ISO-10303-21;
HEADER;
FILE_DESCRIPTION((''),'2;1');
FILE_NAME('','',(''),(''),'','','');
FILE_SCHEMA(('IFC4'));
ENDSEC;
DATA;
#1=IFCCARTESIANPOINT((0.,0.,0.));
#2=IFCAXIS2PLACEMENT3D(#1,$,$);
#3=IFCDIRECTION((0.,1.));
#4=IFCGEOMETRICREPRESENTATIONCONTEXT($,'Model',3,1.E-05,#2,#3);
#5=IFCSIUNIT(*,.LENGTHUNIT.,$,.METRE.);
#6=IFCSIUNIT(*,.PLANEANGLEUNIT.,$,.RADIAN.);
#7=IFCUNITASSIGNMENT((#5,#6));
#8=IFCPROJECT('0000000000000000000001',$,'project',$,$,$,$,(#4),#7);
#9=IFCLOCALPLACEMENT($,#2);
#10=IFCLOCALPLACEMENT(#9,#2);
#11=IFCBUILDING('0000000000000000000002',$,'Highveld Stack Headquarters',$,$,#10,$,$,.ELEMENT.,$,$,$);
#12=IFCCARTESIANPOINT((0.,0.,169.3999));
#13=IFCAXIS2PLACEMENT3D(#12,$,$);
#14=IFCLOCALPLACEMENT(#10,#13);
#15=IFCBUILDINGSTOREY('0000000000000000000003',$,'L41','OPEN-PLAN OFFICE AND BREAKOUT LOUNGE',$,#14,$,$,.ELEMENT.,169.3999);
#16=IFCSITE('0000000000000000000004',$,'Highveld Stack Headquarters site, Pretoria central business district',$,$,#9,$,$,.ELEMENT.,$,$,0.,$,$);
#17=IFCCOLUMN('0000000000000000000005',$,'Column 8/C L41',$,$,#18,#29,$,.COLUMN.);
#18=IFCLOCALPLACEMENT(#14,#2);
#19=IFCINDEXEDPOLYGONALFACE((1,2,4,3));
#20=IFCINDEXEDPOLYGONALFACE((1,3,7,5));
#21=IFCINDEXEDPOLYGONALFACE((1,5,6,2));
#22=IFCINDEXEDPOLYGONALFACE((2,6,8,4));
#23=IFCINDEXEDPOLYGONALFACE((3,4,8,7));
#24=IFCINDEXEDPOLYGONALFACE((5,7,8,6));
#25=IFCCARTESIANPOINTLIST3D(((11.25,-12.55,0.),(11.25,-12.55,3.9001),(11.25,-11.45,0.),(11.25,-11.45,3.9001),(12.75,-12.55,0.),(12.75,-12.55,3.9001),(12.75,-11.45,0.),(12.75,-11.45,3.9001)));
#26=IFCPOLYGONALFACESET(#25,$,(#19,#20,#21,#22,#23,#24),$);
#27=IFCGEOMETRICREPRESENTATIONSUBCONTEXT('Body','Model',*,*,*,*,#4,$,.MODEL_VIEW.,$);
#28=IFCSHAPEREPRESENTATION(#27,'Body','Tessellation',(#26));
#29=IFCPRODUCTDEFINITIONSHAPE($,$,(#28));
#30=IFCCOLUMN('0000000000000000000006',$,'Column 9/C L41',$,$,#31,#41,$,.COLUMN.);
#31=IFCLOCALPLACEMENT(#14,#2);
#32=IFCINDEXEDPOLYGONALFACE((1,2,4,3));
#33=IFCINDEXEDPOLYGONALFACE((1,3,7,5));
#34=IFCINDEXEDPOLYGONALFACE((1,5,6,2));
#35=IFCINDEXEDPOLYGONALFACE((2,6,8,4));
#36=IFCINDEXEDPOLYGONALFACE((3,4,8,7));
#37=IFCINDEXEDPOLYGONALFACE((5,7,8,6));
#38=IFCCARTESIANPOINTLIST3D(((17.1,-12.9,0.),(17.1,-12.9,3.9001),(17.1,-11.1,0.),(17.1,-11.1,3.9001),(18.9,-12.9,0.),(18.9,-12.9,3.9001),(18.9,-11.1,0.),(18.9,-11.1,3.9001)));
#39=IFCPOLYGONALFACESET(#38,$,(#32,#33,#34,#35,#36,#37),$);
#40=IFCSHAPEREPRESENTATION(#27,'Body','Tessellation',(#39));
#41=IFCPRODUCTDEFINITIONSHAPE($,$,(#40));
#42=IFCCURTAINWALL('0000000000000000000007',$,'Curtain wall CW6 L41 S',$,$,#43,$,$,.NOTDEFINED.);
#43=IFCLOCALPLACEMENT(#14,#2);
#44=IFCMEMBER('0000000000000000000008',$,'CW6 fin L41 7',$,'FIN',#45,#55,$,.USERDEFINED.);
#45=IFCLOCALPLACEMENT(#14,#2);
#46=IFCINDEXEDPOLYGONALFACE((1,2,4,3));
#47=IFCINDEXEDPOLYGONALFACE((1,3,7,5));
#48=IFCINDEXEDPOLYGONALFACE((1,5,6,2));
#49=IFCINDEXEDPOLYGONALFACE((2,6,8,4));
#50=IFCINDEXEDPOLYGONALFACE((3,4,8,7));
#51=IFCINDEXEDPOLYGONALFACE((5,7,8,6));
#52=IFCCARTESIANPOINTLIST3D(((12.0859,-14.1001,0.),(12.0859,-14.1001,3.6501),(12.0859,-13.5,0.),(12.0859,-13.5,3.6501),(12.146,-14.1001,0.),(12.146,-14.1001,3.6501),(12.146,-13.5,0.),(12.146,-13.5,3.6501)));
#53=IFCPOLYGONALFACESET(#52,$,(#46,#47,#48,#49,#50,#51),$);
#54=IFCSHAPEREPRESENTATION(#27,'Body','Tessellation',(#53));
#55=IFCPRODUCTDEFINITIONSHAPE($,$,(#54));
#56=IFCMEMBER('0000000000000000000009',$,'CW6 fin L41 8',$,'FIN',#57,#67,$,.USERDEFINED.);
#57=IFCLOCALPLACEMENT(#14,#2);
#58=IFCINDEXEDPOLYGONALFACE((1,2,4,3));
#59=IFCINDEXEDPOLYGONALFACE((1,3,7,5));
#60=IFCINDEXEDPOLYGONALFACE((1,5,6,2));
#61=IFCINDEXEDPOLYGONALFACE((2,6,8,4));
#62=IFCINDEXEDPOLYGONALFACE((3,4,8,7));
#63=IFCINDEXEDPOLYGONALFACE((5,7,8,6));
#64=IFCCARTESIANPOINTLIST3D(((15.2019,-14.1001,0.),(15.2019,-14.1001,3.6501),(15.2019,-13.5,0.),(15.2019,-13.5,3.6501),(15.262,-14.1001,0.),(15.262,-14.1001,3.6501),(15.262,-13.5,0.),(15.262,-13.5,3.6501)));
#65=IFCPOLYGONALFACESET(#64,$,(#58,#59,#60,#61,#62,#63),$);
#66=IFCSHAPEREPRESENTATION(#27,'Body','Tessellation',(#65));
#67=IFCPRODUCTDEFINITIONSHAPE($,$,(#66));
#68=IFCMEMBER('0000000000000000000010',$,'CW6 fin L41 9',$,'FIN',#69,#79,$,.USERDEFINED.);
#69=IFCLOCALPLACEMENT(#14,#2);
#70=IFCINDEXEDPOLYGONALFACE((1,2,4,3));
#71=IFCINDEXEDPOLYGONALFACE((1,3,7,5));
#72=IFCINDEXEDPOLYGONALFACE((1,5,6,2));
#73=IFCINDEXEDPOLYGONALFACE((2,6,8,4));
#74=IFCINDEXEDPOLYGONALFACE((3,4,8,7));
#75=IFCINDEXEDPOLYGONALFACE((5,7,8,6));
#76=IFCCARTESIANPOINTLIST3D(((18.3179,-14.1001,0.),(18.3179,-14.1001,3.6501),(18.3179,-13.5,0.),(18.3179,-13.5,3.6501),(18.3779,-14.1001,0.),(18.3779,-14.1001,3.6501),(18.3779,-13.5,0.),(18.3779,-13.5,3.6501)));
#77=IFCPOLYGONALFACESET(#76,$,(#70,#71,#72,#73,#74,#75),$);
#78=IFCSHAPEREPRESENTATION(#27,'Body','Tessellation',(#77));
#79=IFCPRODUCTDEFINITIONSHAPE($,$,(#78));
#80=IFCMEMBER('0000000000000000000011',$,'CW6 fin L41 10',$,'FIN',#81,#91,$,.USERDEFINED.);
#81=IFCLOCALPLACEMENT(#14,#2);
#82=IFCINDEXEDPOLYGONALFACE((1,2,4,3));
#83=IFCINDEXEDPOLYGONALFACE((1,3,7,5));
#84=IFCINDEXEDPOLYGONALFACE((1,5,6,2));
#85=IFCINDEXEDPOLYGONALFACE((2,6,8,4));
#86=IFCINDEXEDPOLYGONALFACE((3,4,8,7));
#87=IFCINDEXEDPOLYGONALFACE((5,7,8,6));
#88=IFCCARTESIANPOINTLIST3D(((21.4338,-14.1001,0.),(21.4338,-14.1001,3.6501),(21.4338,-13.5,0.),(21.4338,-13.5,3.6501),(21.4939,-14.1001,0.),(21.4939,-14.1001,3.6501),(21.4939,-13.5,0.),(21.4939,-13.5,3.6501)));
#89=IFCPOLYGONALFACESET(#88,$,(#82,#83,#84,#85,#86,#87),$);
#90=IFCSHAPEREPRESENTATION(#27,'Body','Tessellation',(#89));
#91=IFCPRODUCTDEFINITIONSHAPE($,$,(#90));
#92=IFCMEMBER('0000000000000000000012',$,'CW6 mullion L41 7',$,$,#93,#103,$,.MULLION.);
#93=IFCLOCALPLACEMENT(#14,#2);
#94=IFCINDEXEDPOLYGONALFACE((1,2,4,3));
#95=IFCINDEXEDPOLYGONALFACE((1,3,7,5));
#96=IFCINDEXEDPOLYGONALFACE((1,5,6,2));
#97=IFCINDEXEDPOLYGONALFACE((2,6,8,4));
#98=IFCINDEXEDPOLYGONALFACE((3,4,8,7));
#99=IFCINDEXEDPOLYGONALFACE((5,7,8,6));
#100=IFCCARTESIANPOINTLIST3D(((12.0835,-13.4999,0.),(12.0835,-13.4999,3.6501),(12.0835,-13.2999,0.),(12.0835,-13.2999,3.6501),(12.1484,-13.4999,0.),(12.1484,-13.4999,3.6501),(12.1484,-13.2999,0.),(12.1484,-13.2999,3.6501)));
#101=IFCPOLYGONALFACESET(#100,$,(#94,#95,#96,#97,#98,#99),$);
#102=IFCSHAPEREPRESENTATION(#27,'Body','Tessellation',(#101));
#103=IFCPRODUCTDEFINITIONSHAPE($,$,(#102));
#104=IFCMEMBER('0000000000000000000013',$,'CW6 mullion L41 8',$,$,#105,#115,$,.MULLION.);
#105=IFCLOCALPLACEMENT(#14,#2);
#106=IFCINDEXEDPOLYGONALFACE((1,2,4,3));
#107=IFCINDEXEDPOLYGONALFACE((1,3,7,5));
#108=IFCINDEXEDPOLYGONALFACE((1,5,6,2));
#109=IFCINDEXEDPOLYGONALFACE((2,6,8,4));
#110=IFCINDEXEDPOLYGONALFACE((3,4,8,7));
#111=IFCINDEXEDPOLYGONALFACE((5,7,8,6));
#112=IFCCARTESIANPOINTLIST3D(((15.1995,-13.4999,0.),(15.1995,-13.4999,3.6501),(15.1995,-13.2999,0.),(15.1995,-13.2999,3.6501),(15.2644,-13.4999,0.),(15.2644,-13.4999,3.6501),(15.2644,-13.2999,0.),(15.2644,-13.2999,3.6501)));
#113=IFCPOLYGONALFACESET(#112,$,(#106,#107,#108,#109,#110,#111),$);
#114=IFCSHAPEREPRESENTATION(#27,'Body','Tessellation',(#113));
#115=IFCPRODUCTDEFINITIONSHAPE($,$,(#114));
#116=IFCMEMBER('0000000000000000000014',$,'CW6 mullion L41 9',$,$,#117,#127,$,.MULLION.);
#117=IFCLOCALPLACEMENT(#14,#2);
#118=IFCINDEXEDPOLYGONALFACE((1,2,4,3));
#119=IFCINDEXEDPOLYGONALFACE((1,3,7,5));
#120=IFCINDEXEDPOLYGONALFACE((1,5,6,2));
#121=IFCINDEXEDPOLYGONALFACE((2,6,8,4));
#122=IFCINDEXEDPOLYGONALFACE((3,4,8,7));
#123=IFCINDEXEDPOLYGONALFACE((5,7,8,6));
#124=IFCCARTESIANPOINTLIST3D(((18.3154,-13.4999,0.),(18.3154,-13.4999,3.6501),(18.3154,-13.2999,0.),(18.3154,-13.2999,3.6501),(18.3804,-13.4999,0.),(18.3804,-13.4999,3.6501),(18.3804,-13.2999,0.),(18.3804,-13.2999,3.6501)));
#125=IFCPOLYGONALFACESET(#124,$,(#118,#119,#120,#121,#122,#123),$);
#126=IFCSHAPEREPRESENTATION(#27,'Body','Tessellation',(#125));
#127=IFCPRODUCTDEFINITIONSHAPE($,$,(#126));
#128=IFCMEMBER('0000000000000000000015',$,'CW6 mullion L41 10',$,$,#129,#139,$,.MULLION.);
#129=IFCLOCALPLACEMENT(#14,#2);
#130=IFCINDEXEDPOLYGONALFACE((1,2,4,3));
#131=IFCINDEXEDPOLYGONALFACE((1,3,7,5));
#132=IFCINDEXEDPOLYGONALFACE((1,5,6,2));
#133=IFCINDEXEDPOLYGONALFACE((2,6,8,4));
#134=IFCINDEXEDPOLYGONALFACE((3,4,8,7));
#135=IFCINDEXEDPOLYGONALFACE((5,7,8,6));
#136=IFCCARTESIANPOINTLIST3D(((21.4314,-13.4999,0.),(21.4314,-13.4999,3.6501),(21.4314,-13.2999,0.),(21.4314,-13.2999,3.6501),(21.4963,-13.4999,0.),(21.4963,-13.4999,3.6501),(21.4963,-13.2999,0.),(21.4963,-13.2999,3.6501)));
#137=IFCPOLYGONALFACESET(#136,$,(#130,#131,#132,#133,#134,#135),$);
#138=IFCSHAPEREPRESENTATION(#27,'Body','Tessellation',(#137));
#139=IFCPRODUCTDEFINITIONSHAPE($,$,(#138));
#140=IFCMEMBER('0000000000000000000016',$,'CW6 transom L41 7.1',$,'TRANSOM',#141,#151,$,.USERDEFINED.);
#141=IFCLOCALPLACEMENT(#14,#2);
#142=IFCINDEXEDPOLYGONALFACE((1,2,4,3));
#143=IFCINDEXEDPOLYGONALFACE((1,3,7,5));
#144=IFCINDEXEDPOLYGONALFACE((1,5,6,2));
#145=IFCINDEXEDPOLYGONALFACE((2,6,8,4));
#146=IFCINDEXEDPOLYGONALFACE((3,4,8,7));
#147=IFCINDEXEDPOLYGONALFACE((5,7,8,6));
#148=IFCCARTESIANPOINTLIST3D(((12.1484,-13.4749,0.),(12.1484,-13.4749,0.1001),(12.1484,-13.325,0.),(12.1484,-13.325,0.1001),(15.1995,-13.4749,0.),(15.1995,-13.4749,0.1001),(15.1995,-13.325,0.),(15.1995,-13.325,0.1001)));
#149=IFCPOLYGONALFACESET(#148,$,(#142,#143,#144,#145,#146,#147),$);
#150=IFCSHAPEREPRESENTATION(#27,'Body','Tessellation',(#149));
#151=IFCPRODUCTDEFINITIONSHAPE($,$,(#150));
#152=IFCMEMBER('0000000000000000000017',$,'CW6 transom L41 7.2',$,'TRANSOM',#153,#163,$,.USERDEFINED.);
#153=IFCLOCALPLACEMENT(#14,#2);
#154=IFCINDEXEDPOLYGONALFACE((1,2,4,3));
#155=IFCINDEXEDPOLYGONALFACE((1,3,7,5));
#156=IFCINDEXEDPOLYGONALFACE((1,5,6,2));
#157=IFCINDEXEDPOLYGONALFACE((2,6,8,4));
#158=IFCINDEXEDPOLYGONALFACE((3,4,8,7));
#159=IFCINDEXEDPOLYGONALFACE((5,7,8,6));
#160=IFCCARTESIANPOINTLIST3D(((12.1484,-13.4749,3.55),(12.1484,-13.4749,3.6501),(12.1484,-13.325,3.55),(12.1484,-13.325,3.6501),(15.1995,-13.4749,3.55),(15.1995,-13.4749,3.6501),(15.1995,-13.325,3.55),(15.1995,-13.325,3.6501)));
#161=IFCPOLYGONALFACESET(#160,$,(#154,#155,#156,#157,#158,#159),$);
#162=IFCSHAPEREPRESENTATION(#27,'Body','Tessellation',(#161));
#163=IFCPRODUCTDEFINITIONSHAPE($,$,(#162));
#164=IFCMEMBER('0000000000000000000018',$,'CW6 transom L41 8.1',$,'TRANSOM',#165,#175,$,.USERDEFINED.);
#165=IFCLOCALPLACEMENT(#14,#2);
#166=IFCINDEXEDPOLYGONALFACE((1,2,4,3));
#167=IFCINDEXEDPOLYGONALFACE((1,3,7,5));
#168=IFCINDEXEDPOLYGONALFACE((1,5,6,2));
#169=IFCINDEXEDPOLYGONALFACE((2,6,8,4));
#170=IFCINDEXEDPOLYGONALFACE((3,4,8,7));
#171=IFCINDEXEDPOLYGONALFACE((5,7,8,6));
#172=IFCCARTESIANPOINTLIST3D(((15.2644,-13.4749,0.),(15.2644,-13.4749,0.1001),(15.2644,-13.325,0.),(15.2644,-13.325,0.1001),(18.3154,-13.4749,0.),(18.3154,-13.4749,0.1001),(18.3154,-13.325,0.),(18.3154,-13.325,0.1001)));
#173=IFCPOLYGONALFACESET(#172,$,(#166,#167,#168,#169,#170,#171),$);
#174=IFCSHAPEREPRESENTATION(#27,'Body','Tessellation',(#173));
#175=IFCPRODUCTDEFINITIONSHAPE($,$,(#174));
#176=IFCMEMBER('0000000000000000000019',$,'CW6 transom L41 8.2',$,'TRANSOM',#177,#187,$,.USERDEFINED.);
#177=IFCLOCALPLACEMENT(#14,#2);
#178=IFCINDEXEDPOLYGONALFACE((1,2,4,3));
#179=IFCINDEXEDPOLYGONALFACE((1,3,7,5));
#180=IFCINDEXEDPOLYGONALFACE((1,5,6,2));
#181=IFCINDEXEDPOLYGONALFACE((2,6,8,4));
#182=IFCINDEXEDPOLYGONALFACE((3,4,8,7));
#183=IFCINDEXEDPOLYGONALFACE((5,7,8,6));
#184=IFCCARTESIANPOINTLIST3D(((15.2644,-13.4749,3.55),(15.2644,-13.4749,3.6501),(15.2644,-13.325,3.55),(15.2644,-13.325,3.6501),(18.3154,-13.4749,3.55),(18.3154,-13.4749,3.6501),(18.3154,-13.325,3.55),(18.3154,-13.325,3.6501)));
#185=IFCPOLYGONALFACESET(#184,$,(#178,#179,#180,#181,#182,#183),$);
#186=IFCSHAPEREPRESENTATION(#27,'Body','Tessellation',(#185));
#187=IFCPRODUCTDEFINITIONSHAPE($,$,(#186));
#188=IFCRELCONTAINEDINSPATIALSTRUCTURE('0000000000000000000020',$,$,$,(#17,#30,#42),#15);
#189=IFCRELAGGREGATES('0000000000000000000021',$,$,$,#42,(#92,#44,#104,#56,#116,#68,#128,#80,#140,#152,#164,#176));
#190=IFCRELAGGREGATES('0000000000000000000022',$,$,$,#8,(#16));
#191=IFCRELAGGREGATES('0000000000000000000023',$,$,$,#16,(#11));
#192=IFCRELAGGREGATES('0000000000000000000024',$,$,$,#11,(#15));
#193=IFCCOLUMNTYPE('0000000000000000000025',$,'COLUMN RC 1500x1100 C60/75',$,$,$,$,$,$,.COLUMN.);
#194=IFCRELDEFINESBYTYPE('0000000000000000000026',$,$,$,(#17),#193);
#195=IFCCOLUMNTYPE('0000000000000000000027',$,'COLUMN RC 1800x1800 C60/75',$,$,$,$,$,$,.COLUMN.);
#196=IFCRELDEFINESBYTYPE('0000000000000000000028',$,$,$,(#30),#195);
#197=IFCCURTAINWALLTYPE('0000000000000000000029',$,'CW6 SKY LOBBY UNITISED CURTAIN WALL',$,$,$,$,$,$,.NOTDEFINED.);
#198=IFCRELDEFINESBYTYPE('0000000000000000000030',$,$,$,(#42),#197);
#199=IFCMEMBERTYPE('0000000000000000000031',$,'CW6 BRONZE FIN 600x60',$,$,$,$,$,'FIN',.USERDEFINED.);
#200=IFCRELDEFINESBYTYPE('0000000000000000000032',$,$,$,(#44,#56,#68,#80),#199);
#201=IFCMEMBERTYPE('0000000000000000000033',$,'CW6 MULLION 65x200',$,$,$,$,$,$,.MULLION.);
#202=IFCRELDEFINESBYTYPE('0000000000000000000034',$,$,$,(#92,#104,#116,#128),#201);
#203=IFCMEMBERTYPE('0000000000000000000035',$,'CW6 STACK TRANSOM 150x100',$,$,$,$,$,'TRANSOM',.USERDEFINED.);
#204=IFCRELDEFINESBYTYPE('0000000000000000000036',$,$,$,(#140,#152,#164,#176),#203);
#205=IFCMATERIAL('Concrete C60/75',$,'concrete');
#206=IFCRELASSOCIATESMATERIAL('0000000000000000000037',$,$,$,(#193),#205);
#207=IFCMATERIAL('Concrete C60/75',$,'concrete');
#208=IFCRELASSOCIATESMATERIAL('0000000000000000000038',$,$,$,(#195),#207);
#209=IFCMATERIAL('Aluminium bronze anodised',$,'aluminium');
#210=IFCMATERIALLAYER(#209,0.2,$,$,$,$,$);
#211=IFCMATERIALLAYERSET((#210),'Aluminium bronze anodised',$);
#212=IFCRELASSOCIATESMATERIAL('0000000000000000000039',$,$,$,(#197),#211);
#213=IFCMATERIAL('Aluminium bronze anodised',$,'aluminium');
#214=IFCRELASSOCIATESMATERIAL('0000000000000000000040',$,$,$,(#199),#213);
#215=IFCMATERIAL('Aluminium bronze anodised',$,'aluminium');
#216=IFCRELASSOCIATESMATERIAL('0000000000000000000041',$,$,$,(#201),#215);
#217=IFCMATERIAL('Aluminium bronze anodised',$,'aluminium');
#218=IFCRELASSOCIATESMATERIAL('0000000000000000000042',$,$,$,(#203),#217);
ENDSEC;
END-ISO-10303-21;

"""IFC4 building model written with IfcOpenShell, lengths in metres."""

from ifc_helpers import new_model, si_unit, direction, frame, origin, origin_2d, place, context, subcontext, project, spatial, rectangle, extrude, material, layer, layer_set, material_profile, profile_set, type_object, element, aggregate, save


model = new_model("IFC4")

# Units and contexts
model_context = context("Model", 3, precision=1e-05, world=origin(), true_north=direction((0.0, 1.0)))
body_context = subcontext(model_context, "Body", "Model", "MODEL_VIEW")
ifc_project = project(units=[si_unit("LENGTHUNIT", "METRE"), si_unit("PLANEANGLEUNIT", "RADIAN")], contexts=[model_context])

# Site, building, storey
site_placement = place(None, origin())
site = spatial("IfcSite", under=ifc_project, at=site_placement, Name="Highveld Stack Headquarters site, Pretoria central business district", CompositionType="ELEMENT", RefElevation=0.0)
building_placement = place(site_placement, origin())
building = spatial("IfcBuilding", under=site, at=building_placement, Name="Highveld Stack Headquarters", CompositionType="ELEMENT")
storey_placement = place(building_placement, frame((0.0, 0.0, 169.3999)))
storey = spatial("IfcBuildingStorey", under=building, at=storey_placement, Name="L41", Description="OPEN-PLAN OFFICE AND BREAKOUT LOUNGE", CompositionType="ELEMENT", Elevation=169.3999)

# Columns
ifc_material_1 = material(Name="Concrete C60/75", Category="concrete")
ifc_material_profile_1 = material_profile(ifc_material_1, rectangle(XDim=1.5, YDim=1.1001, at=origin_2d()), Name="RC 1500x1100")
ifc_profile_set_1 = profile_set([ifc_material_profile_1], Name="Concrete C60/75")
column_type_1 = type_object("IfcColumnType", Name="COLUMN RC 1500x1100 C60/75", PredefinedType="COLUMN", material=ifc_profile_set_1)
column_1_placement = place(storey_placement, frame((12.0, -12.0, 0.0), z_axis=(0.0, 0.0, 1.0), x_axis=(1.0, 0.0, 0.0)))
element("IfcColumn", 1, at=column_1_placement, inside=storey, type_object=column_type_1, Name="Column 8/C L41", PredefinedType="COLUMN", context=body_context, shape_type="SweptSolid", body=[
    extrude(rectangle(XDim=1.5, YDim=1.1001, at=origin_2d()), origin(), (0.0, 0.0, 1.0), 3.9001),
])
ifc_material_2 = material(Name="Concrete C60/75", Category="concrete")
ifc_material_profile_2 = material_profile(ifc_material_2, rectangle(XDim=1.8, YDim=1.8, at=origin_2d()), Name="RC 1800x1800")
ifc_profile_set_2 = profile_set([ifc_material_profile_2], Name="Concrete C60/75")
column_type_2 = type_object("IfcColumnType", Name="COLUMN RC 1800x1800 C60/75", PredefinedType="COLUMN", material=ifc_profile_set_2)
column_2_placement = place(storey_placement, frame((18.0, -12.0, 0.0), z_axis=(0.0, 0.0, 1.0), x_axis=(1.0, 0.0, 0.0)))
element("IfcColumn", 2, at=column_2_placement, inside=storey, type_object=column_type_2, Name="Column 9/C L41", PredefinedType="COLUMN", context=body_context, shape_type="SweptSolid", body=[
    extrude(rectangle(XDim=1.8, YDim=1.8, at=origin_2d()), origin(), (0.0, 0.0, 1.0), 3.9001),
])

# Curtain wall, members
ifc_material_3 = material(Name="Aluminium bronze anodised", Category="aluminium")
ifc_layer_1 = layer(ifc_material_3, 0.2)
ifc_layer_set_1 = layer_set([ifc_layer_1], Name="Aluminium bronze anodised")
curtain_wall_type = type_object("IfcCurtainWallType", Name="CW6 SKY LOBBY UNITISED CURTAIN WALL", PredefinedType="NOTDEFINED", material=ifc_layer_set_1)
curtain_wall_placement = place(storey_placement, origin())
curtain_wall = element("IfcCurtainWall", 3, at=curtain_wall_placement, inside=storey, type_object=curtain_wall_type, Name="Curtain wall CW6 L41 S", PredefinedType="NOTDEFINED")
ifc_material_4 = material(Name="Aluminium bronze anodised", Category="aluminium")
ifc_material_profile_3 = material_profile(ifc_material_4, rectangle(XDim=0.6001, YDim=0.0601, at=origin_2d()), Name="FIN 600x60")
ifc_profile_set_3 = profile_set([ifc_material_profile_3], Name="Aluminium bronze anodised")
member_type_1 = type_object("IfcMemberType", Name="CW6 BRONZE FIN 600x60", ElementType="FIN", PredefinedType="USERDEFINED", material=ifc_profile_set_3)
member_1_placement = place(storey_placement, frame((12.116, -13.8, 0.0), z_axis=(0.0, 0.0, 1.0), x_axis=(0.0, 1.0, 0.0)))
member_1 = element("IfcMember", 4, at=member_1_placement, type_object=member_type_1, Name="CW6 fin L41 7", ObjectType="FIN", PredefinedType="USERDEFINED", context=body_context, shape_type="SweptSolid", body=[
    extrude(rectangle(XDim=0.6001, YDim=0.0601, at=origin_2d()), origin(), (0.0, 0.0, 1.0), 3.6501),
])
member_2_placement = place(storey_placement, frame((15.2319, -13.8, 0.0), z_axis=(0.0, 0.0, 1.0), x_axis=(0.0, 1.0, 0.0)))
member_2 = element("IfcMember", 5, at=member_2_placement, type_object=member_type_1, Name="CW6 fin L41 8", ObjectType="FIN", PredefinedType="USERDEFINED", context=body_context, shape_type="SweptSolid", body=[
    extrude(rectangle(XDim=0.6001, YDim=0.0601, at=origin_2d()), origin(), (0.0, 0.0, 1.0), 3.6501),
])
member_3_placement = place(storey_placement, frame((18.3479, -13.8, 0.0), z_axis=(0.0, 0.0, 1.0), x_axis=(0.0, 1.0, 0.0)))
member_3 = element("IfcMember", 6, at=member_3_placement, type_object=member_type_1, Name="CW6 fin L41 9", ObjectType="FIN", PredefinedType="USERDEFINED", context=body_context, shape_type="SweptSolid", body=[
    extrude(rectangle(XDim=0.6001, YDim=0.0601, at=origin_2d()), origin(), (0.0, 0.0, 1.0), 3.6501),
])
member_4_placement = place(storey_placement, frame((21.4639, -13.8, 0.0), z_axis=(0.0, 0.0, 1.0), x_axis=(0.0, 1.0, 0.0)))
member_4 = element("IfcMember", 7, at=member_4_placement, type_object=member_type_1, Name="CW6 fin L41 10", ObjectType="FIN", PredefinedType="USERDEFINED", context=body_context, shape_type="SweptSolid", body=[
    extrude(rectangle(XDim=0.6001, YDim=0.0601, at=origin_2d()), origin(), (0.0, 0.0, 1.0), 3.6501),
])
ifc_material_5 = material(Name="Aluminium bronze anodised", Category="aluminium")
ifc_material_profile_4 = material_profile(ifc_material_5, rectangle(XDim=0.2, YDim=0.0649, at=origin_2d()), Name="CW6 MULLION 65x200")
ifc_profile_set_4 = profile_set([ifc_material_profile_4], Name="Aluminium bronze anodised")
member_type_2 = type_object("IfcMemberType", Name="CW6 MULLION 65x200", PredefinedType="MULLION", material=ifc_profile_set_4)
member_5_placement = place(storey_placement, frame((12.116, -13.3999, 0.0), z_axis=(0.0, 0.0, 1.0), x_axis=(0.0, 1.0, 0.0)))
member_5 = element("IfcMember", 8, at=member_5_placement, type_object=member_type_2, Name="CW6 mullion L41 7", PredefinedType="MULLION", context=body_context, shape_type="SweptSolid", body=[
    extrude(rectangle(XDim=0.2, YDim=0.0649, at=origin_2d()), origin(), (0.0, 0.0, 1.0), 3.6501),
])
member_6_placement = place(storey_placement, frame((15.2319, -13.3999, 0.0), z_axis=(0.0, 0.0, 1.0), x_axis=(0.0, 1.0, 0.0)))
member_6 = element("IfcMember", 9, at=member_6_placement, type_object=member_type_2, Name="CW6 mullion L41 8", PredefinedType="MULLION", context=body_context, shape_type="SweptSolid", body=[
    extrude(rectangle(XDim=0.2, YDim=0.0649, at=origin_2d()), origin(), (0.0, 0.0, 1.0), 3.6501),
])
member_7_placement = place(storey_placement, frame((18.3479, -13.3999, 0.0), z_axis=(0.0, 0.0, 1.0), x_axis=(0.0, 1.0, 0.0)))
member_7 = element("IfcMember", 10, at=member_7_placement, type_object=member_type_2, Name="CW6 mullion L41 9", PredefinedType="MULLION", context=body_context, shape_type="SweptSolid", body=[
    extrude(rectangle(XDim=0.2, YDim=0.0649, at=origin_2d()), origin(), (0.0, 0.0, 1.0), 3.6501),
])
member_8_placement = place(storey_placement, frame((21.4639, -13.3999, 0.0), z_axis=(0.0, 0.0, 1.0), x_axis=(0.0, 1.0, 0.0)))
member_8 = element("IfcMember", 11, at=member_8_placement, type_object=member_type_2, Name="CW6 mullion L41 10", PredefinedType="MULLION", context=body_context, shape_type="SweptSolid", body=[
    extrude(rectangle(XDim=0.2, YDim=0.0649, at=origin_2d()), origin(), (0.0, 0.0, 1.0), 3.6501),
])
ifc_material_6 = material(Name="Aluminium bronze anodised", Category="aluminium")
ifc_material_profile_5 = material_profile(ifc_material_6, rectangle(XDim=0.1499, YDim=0.1001, at=origin_2d()), Name="CW6 TRANSOM 150x100")
ifc_profile_set_5 = profile_set([ifc_material_profile_5], Name="Aluminium bronze anodised")
member_type_3 = type_object("IfcMemberType", Name="CW6 STACK TRANSOM 150x100", ElementType="TRANSOM", PredefinedType="USERDEFINED", material=ifc_profile_set_5)
member_9_placement = place(storey_placement, frame((12.1484, -13.3999, 0.05), z_axis=(1.0, 0.0, 0.0), x_axis=(0.0, 1.0, 0.0)))
member_9 = element("IfcMember", 12, at=member_9_placement, type_object=member_type_3, Name="CW6 transom L41 7.1", ObjectType="TRANSOM", PredefinedType="USERDEFINED", context=body_context, shape_type="SweptSolid", body=[
    extrude(rectangle(XDim=0.1499, YDim=0.1001, at=origin_2d()), origin(), (0.0, 0.0, 1.0), 3.051),
])
member_10_placement = place(storey_placement, frame((12.1484, -13.3999, 3.6001), z_axis=(1.0, 0.0, 0.0), x_axis=(0.0, 1.0, 0.0)))
member_10 = element("IfcMember", 13, at=member_10_placement, type_object=member_type_3, Name="CW6 transom L41 7.2", ObjectType="TRANSOM", PredefinedType="USERDEFINED", context=body_context, shape_type="SweptSolid", body=[
    extrude(rectangle(XDim=0.1499, YDim=0.1001, at=origin_2d()), origin(), (0.0, 0.0, 1.0), 3.051),
])
member_11_placement = place(storey_placement, frame((15.2644, -13.3999, 0.05), z_axis=(1.0, 0.0, 0.0), x_axis=(0.0, 1.0, 0.0)))
member_11 = element("IfcMember", 14, at=member_11_placement, type_object=member_type_3, Name="CW6 transom L41 8.1", ObjectType="TRANSOM", PredefinedType="USERDEFINED", context=body_context, shape_type="SweptSolid", body=[
    extrude(rectangle(XDim=0.1499, YDim=0.1001, at=origin_2d()), origin(), (0.0, 0.0, 1.0), 3.051),
])
member_12_placement = place(storey_placement, frame((15.2644, -13.3999, 3.6001), z_axis=(1.0, 0.0, 0.0), x_axis=(0.0, 1.0, 0.0)))
member_12 = element("IfcMember", 15, at=member_12_placement, type_object=member_type_3, Name="CW6 transom L41 8.2", ObjectType="TRANSOM", PredefinedType="USERDEFINED", context=body_context, shape_type="SweptSolid", body=[
    extrude(rectangle(XDim=0.1499, YDim=0.1001, at=origin_2d()), origin(), (0.0, 0.0, 1.0), 3.051),
])
aggregate(curtain_wall, [member_5, member_1, member_6, member_2, member_7, member_3, member_8, member_4, member_9, member_10, member_11, member_12])

save(model, "model.ifc")
